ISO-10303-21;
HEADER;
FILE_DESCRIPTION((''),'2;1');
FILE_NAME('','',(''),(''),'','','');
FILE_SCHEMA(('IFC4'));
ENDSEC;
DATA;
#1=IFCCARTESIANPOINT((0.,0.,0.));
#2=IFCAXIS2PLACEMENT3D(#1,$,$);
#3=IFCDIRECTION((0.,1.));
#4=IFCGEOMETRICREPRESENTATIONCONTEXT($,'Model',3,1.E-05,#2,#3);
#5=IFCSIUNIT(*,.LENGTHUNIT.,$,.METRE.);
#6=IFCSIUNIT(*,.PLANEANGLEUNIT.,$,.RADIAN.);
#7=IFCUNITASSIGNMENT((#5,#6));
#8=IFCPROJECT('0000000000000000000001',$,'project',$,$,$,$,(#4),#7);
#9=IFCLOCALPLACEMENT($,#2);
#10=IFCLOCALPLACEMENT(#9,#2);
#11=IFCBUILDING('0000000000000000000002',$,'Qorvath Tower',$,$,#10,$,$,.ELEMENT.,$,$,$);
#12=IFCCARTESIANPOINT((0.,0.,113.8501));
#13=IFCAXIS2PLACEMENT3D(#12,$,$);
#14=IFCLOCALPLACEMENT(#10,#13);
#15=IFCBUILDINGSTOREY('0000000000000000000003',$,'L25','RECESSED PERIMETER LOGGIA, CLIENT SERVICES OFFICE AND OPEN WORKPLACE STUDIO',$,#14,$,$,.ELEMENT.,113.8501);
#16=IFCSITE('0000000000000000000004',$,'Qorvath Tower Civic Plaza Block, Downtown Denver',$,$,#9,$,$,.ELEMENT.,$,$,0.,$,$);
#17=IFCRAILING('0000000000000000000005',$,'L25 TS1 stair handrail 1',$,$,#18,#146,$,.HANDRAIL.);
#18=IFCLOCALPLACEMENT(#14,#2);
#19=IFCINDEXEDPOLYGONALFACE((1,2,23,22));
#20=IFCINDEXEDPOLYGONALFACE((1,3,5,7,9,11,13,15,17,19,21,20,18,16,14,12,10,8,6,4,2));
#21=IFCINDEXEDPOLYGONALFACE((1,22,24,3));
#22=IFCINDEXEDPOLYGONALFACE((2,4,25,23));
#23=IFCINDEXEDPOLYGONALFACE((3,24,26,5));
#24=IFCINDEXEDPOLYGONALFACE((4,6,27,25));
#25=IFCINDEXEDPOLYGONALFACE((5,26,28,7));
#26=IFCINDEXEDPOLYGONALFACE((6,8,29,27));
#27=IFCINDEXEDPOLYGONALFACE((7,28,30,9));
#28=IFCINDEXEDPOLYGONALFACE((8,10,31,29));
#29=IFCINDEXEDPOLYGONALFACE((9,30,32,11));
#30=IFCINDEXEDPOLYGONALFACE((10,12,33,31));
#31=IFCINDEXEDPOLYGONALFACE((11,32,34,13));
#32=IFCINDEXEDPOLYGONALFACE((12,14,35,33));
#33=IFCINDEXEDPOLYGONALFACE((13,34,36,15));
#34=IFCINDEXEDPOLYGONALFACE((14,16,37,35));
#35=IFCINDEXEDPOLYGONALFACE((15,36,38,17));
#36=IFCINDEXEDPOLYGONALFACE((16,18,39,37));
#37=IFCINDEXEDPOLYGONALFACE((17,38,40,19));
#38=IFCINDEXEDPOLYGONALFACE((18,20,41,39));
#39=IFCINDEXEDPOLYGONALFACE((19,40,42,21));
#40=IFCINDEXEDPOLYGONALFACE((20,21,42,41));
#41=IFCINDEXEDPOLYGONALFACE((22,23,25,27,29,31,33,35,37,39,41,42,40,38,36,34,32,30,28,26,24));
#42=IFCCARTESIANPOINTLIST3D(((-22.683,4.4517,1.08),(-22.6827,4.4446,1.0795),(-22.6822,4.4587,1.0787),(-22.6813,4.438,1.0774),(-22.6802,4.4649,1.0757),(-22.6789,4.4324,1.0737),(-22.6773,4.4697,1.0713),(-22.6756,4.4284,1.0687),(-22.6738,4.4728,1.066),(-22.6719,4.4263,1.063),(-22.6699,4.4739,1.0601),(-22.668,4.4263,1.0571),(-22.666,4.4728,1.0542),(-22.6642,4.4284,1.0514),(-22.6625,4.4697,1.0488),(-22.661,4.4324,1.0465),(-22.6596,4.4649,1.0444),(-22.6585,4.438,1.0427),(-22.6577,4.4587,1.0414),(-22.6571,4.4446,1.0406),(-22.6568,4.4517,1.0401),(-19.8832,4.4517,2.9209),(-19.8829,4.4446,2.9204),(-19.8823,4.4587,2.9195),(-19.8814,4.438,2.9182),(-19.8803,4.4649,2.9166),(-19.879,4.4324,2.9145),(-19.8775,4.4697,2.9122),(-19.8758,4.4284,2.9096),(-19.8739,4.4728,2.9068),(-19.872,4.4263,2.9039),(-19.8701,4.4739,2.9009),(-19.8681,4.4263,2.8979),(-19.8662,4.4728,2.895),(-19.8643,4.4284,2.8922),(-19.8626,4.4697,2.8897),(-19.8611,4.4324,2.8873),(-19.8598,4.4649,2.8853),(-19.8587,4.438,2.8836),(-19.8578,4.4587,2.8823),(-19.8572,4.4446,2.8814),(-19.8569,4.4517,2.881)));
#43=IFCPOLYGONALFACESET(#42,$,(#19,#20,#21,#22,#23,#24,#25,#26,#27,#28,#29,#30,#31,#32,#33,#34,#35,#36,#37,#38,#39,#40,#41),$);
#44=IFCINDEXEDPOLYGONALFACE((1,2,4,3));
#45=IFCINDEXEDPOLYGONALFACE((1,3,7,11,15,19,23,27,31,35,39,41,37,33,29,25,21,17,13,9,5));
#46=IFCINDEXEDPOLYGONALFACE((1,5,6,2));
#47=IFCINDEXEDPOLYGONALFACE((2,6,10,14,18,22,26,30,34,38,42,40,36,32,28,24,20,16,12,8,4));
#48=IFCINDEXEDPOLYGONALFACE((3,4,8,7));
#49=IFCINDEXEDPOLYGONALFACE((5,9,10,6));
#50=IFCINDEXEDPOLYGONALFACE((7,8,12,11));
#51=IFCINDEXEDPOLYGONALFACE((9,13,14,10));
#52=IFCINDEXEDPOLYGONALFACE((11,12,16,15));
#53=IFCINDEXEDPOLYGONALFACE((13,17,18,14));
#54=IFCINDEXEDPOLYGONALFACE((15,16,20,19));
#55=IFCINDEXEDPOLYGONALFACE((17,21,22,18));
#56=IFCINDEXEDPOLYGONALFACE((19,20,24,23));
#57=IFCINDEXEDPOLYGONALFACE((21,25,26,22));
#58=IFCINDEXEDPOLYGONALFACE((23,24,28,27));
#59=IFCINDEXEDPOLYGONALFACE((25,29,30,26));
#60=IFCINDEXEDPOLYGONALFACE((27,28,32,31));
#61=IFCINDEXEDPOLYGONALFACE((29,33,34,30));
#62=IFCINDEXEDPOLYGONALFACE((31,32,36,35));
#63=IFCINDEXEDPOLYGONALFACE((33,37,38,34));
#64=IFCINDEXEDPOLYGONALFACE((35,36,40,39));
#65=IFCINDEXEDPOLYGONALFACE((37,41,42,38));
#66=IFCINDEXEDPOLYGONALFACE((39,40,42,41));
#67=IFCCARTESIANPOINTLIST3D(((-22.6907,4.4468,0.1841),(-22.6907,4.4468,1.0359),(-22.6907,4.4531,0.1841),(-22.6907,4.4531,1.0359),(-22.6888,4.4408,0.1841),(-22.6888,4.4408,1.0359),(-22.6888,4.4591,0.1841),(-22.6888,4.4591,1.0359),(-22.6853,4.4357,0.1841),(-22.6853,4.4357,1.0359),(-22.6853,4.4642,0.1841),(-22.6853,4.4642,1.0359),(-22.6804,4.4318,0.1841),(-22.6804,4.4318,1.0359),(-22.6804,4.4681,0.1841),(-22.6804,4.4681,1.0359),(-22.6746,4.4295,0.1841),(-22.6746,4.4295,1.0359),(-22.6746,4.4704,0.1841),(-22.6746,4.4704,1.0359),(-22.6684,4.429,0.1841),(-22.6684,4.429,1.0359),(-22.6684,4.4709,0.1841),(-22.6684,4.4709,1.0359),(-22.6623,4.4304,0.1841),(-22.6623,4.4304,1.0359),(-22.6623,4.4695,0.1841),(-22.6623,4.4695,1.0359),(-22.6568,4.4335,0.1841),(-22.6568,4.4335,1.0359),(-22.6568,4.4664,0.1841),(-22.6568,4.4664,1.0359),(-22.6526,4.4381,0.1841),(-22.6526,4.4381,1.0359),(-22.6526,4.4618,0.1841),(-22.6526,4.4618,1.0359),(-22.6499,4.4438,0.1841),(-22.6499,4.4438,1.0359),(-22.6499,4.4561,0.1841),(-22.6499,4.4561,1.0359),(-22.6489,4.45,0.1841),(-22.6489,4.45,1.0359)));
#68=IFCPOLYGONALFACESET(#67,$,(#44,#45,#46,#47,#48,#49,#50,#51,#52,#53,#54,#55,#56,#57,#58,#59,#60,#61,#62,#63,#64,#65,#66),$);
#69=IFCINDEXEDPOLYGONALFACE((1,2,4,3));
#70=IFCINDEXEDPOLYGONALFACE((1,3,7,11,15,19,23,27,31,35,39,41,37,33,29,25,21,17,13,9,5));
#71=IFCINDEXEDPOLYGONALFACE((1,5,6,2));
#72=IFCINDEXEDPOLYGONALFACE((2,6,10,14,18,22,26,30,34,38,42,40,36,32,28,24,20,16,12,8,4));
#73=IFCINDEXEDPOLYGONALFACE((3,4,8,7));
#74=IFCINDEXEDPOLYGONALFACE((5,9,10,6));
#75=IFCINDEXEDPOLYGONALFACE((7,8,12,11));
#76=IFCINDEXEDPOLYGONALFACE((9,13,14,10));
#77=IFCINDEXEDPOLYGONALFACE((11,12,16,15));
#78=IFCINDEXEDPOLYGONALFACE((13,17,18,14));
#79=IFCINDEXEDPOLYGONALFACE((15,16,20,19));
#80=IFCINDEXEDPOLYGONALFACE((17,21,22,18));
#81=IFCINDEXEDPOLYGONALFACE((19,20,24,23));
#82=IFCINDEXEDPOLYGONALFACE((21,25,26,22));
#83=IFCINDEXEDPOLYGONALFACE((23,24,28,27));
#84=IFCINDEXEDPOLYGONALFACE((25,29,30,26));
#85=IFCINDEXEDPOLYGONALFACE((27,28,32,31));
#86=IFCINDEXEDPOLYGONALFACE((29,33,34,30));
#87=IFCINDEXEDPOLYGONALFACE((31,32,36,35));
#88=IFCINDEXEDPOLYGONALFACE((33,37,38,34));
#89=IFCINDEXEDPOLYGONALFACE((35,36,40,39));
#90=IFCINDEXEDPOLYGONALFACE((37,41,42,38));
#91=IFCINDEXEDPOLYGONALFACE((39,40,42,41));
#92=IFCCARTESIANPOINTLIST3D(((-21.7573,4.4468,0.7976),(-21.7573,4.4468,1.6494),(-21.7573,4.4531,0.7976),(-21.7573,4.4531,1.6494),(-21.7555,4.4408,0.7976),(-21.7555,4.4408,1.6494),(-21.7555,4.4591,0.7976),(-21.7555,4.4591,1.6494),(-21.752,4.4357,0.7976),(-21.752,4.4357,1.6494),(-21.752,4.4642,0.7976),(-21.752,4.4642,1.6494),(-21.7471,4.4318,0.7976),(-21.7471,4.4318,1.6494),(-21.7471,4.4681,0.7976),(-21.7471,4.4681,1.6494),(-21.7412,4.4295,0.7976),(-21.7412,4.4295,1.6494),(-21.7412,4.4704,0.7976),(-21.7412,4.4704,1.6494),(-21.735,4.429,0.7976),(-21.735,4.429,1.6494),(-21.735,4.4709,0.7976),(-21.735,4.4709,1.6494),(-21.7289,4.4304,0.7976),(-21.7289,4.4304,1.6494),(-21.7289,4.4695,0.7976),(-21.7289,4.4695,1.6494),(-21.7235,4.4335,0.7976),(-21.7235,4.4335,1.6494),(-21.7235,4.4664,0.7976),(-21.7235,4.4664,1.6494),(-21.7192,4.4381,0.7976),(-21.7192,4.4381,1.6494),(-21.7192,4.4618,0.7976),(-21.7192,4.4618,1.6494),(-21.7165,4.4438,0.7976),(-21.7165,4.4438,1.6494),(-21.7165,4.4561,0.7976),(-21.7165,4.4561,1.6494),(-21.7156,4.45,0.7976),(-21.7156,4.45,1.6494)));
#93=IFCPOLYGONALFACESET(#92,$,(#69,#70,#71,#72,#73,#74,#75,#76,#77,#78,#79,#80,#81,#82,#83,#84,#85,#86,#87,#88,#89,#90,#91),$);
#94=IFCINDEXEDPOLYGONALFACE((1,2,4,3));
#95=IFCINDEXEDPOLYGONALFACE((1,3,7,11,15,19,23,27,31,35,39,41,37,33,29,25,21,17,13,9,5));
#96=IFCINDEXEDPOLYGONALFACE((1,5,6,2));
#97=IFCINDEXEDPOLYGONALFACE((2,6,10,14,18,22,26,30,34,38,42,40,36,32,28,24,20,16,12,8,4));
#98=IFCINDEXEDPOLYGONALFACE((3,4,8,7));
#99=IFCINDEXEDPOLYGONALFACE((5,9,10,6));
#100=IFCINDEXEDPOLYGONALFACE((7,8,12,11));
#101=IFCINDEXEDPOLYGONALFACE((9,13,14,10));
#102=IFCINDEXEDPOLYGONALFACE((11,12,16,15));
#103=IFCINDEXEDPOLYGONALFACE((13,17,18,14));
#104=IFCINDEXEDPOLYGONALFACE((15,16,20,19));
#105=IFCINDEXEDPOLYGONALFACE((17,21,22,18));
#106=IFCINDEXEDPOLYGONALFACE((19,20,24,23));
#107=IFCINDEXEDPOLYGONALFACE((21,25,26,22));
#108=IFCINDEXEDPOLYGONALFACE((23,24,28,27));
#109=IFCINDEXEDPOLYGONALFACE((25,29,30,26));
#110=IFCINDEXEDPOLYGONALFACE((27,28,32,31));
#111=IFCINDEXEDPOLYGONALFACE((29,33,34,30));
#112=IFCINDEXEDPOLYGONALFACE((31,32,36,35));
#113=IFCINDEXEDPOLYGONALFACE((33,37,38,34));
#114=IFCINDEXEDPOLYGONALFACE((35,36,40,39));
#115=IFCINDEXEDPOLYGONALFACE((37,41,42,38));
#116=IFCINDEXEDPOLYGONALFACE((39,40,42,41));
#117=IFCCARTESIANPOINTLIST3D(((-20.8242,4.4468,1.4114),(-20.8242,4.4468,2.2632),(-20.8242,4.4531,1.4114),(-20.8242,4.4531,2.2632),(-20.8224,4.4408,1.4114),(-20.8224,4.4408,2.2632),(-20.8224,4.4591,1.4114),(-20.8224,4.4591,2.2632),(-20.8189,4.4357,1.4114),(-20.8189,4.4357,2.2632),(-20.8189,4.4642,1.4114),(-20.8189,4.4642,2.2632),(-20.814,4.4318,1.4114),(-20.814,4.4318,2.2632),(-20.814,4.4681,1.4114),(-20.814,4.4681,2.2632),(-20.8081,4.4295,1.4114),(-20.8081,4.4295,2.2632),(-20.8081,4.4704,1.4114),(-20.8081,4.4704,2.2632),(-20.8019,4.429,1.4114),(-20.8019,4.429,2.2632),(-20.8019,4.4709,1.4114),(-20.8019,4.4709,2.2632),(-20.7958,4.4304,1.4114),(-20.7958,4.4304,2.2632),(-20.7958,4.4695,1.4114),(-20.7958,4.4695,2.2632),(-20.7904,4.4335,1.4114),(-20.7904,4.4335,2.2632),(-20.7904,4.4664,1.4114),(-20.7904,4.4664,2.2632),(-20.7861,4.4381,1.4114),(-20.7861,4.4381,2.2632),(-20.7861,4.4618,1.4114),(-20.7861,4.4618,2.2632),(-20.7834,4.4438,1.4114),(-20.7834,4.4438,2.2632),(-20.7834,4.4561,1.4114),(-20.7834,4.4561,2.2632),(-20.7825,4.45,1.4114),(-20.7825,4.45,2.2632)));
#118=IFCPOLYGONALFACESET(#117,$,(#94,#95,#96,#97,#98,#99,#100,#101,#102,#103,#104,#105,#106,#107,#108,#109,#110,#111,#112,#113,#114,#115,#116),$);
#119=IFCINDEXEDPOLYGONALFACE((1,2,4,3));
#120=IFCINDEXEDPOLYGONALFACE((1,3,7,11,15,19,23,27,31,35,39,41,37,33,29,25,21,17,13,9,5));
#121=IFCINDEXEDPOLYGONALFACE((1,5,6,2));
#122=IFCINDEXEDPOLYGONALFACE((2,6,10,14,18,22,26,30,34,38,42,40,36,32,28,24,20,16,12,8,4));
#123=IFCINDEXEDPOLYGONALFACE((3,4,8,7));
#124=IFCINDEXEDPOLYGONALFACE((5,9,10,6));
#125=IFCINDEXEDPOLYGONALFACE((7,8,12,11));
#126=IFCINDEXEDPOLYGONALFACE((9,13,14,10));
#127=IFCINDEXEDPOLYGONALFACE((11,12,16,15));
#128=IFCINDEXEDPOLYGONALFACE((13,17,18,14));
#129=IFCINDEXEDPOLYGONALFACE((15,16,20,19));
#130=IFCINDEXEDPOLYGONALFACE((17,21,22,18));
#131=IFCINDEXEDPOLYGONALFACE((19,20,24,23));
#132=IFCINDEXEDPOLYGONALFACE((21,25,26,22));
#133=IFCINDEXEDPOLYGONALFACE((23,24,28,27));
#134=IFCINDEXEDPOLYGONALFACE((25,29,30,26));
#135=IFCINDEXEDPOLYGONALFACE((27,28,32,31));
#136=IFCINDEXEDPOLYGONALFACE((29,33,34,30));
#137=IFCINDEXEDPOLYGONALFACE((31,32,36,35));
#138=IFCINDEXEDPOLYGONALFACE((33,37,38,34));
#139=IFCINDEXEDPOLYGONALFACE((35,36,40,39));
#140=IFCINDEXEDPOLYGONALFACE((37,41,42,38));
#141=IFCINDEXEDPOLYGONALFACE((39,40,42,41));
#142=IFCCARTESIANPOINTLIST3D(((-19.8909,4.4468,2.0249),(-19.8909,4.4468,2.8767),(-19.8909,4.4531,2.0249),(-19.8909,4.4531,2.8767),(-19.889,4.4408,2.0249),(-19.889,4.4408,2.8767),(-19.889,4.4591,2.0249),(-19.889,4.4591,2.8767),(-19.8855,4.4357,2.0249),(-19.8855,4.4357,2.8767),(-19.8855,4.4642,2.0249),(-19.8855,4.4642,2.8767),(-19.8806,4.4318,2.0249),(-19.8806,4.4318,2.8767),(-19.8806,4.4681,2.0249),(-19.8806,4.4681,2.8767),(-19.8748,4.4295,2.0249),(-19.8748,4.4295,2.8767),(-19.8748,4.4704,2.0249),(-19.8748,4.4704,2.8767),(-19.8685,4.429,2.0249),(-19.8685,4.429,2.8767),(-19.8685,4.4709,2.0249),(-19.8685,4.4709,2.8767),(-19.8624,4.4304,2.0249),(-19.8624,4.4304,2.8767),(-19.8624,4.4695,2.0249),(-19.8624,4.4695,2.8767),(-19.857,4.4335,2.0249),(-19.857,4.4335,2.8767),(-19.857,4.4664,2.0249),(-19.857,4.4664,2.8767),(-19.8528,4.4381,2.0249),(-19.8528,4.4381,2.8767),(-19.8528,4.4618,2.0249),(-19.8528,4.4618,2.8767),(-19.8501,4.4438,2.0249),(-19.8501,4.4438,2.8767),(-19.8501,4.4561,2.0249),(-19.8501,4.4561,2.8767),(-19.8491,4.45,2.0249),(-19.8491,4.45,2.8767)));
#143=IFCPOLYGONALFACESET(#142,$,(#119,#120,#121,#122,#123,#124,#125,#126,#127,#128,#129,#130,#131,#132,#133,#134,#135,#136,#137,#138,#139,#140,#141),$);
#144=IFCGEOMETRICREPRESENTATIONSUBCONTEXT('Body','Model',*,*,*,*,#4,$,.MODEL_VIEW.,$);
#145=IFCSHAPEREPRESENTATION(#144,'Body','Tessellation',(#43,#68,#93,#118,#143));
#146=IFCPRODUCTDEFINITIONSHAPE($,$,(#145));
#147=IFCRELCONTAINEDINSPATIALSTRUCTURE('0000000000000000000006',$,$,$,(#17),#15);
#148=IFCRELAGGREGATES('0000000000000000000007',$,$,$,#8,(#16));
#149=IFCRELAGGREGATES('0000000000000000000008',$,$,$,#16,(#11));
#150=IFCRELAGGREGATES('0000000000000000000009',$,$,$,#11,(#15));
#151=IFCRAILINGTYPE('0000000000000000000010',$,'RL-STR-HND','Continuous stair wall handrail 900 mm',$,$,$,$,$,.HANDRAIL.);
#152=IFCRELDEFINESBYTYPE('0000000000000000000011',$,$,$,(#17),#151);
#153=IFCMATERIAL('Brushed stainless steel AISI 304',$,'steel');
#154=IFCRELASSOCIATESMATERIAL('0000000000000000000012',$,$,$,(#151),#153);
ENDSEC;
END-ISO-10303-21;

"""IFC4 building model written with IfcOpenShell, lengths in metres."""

from ifc_helpers import new_model, si_unit, direction, frame, origin, origin_2d, place, context, subcontext, project, spatial, circle, extrude, material, type_object, element, save


model = new_model("IFC4")

# Units and contexts
model_context = context("Model", 3, precision=1e-05, world=origin(), true_north=direction((0.0, 1.0)))
body_context = subcontext(model_context, "Body", "Model", "MODEL_VIEW")
ifc_project = project(units=[si_unit("LENGTHUNIT", "METRE"), si_unit("PLANEANGLEUNIT", "RADIAN")], contexts=[model_context])

# Site, building, storey
site_placement = place(None, origin())
site = spatial("IfcSite", under=ifc_project, at=site_placement, Name="Qorvath Tower Civic Plaza Block, Downtown Denver", CompositionType="ELEMENT", RefElevation=0.0)
building_placement = place(site_placement, origin())
building = spatial("IfcBuilding", under=site, at=building_placement, Name="Qorvath Tower", CompositionType="ELEMENT")
storey_placement = place(building_placement, frame((0.0, 0.0, 113.8501)))
storey = spatial("IfcBuildingStorey", under=building, at=storey_placement, Name="L25", Description="RECESSED PERIMETER LOGGIA, CLIENT SERVICES OFFICE AND OPEN WORKPLACE STUDIO", CompositionType="ELEMENT", Elevation=113.8501)

# Railing
ifc_material_1 = material(Name="Brushed stainless steel AISI 304", Category="steel")
railing_type_1 = type_object("IfcRailingType", Name="RL-STR-HND", Description="Continuous stair wall handrail 900 mm", PredefinedType="HANDRAIL", material=ifc_material_1)
railing_1_placement = place(storey_placement, frame((-22.6699, 4.45, 0.1841)))
element("IfcRailing", 1, at=railing_1_placement, inside=storey, type_object=railing_type_1, Name="L25 TS1 stair handrail 1", PredefinedType="HANDRAIL", context=body_context, shape_type="SweptSolid", body=[
    extrude(circle(Radius=0.0239, at=origin_2d()), frame((0.0, 0.0, 0.876), z_axis=(0.835576, 0.0, 0.549376), x_axis=(0.0, 1.0, 0.0)), (0.0, 0.0, 1.0), 3.3508),
    extrude(circle(Radius=0.021, at=origin_2d()), origin(), (0.0, 0.0, 1.0), 0.8518),
    extrude(circle(Radius=0.021, at=origin_2d()), frame((0.9333, 0.0, 0.6135)), (0.0, 0.0, 1.0), 0.8518),
    extrude(circle(Radius=0.021, at=origin_2d()), frame((1.8665, 0.0, 1.2273)), (0.0, 0.0, 1.0), 0.8518),
    extrude(circle(Radius=0.021, at=origin_2d()), frame((2.7998, 0.0, 1.8408)), (0.0, 0.0, 1.0), 0.8518),
])

save(model, "model.ifc")
